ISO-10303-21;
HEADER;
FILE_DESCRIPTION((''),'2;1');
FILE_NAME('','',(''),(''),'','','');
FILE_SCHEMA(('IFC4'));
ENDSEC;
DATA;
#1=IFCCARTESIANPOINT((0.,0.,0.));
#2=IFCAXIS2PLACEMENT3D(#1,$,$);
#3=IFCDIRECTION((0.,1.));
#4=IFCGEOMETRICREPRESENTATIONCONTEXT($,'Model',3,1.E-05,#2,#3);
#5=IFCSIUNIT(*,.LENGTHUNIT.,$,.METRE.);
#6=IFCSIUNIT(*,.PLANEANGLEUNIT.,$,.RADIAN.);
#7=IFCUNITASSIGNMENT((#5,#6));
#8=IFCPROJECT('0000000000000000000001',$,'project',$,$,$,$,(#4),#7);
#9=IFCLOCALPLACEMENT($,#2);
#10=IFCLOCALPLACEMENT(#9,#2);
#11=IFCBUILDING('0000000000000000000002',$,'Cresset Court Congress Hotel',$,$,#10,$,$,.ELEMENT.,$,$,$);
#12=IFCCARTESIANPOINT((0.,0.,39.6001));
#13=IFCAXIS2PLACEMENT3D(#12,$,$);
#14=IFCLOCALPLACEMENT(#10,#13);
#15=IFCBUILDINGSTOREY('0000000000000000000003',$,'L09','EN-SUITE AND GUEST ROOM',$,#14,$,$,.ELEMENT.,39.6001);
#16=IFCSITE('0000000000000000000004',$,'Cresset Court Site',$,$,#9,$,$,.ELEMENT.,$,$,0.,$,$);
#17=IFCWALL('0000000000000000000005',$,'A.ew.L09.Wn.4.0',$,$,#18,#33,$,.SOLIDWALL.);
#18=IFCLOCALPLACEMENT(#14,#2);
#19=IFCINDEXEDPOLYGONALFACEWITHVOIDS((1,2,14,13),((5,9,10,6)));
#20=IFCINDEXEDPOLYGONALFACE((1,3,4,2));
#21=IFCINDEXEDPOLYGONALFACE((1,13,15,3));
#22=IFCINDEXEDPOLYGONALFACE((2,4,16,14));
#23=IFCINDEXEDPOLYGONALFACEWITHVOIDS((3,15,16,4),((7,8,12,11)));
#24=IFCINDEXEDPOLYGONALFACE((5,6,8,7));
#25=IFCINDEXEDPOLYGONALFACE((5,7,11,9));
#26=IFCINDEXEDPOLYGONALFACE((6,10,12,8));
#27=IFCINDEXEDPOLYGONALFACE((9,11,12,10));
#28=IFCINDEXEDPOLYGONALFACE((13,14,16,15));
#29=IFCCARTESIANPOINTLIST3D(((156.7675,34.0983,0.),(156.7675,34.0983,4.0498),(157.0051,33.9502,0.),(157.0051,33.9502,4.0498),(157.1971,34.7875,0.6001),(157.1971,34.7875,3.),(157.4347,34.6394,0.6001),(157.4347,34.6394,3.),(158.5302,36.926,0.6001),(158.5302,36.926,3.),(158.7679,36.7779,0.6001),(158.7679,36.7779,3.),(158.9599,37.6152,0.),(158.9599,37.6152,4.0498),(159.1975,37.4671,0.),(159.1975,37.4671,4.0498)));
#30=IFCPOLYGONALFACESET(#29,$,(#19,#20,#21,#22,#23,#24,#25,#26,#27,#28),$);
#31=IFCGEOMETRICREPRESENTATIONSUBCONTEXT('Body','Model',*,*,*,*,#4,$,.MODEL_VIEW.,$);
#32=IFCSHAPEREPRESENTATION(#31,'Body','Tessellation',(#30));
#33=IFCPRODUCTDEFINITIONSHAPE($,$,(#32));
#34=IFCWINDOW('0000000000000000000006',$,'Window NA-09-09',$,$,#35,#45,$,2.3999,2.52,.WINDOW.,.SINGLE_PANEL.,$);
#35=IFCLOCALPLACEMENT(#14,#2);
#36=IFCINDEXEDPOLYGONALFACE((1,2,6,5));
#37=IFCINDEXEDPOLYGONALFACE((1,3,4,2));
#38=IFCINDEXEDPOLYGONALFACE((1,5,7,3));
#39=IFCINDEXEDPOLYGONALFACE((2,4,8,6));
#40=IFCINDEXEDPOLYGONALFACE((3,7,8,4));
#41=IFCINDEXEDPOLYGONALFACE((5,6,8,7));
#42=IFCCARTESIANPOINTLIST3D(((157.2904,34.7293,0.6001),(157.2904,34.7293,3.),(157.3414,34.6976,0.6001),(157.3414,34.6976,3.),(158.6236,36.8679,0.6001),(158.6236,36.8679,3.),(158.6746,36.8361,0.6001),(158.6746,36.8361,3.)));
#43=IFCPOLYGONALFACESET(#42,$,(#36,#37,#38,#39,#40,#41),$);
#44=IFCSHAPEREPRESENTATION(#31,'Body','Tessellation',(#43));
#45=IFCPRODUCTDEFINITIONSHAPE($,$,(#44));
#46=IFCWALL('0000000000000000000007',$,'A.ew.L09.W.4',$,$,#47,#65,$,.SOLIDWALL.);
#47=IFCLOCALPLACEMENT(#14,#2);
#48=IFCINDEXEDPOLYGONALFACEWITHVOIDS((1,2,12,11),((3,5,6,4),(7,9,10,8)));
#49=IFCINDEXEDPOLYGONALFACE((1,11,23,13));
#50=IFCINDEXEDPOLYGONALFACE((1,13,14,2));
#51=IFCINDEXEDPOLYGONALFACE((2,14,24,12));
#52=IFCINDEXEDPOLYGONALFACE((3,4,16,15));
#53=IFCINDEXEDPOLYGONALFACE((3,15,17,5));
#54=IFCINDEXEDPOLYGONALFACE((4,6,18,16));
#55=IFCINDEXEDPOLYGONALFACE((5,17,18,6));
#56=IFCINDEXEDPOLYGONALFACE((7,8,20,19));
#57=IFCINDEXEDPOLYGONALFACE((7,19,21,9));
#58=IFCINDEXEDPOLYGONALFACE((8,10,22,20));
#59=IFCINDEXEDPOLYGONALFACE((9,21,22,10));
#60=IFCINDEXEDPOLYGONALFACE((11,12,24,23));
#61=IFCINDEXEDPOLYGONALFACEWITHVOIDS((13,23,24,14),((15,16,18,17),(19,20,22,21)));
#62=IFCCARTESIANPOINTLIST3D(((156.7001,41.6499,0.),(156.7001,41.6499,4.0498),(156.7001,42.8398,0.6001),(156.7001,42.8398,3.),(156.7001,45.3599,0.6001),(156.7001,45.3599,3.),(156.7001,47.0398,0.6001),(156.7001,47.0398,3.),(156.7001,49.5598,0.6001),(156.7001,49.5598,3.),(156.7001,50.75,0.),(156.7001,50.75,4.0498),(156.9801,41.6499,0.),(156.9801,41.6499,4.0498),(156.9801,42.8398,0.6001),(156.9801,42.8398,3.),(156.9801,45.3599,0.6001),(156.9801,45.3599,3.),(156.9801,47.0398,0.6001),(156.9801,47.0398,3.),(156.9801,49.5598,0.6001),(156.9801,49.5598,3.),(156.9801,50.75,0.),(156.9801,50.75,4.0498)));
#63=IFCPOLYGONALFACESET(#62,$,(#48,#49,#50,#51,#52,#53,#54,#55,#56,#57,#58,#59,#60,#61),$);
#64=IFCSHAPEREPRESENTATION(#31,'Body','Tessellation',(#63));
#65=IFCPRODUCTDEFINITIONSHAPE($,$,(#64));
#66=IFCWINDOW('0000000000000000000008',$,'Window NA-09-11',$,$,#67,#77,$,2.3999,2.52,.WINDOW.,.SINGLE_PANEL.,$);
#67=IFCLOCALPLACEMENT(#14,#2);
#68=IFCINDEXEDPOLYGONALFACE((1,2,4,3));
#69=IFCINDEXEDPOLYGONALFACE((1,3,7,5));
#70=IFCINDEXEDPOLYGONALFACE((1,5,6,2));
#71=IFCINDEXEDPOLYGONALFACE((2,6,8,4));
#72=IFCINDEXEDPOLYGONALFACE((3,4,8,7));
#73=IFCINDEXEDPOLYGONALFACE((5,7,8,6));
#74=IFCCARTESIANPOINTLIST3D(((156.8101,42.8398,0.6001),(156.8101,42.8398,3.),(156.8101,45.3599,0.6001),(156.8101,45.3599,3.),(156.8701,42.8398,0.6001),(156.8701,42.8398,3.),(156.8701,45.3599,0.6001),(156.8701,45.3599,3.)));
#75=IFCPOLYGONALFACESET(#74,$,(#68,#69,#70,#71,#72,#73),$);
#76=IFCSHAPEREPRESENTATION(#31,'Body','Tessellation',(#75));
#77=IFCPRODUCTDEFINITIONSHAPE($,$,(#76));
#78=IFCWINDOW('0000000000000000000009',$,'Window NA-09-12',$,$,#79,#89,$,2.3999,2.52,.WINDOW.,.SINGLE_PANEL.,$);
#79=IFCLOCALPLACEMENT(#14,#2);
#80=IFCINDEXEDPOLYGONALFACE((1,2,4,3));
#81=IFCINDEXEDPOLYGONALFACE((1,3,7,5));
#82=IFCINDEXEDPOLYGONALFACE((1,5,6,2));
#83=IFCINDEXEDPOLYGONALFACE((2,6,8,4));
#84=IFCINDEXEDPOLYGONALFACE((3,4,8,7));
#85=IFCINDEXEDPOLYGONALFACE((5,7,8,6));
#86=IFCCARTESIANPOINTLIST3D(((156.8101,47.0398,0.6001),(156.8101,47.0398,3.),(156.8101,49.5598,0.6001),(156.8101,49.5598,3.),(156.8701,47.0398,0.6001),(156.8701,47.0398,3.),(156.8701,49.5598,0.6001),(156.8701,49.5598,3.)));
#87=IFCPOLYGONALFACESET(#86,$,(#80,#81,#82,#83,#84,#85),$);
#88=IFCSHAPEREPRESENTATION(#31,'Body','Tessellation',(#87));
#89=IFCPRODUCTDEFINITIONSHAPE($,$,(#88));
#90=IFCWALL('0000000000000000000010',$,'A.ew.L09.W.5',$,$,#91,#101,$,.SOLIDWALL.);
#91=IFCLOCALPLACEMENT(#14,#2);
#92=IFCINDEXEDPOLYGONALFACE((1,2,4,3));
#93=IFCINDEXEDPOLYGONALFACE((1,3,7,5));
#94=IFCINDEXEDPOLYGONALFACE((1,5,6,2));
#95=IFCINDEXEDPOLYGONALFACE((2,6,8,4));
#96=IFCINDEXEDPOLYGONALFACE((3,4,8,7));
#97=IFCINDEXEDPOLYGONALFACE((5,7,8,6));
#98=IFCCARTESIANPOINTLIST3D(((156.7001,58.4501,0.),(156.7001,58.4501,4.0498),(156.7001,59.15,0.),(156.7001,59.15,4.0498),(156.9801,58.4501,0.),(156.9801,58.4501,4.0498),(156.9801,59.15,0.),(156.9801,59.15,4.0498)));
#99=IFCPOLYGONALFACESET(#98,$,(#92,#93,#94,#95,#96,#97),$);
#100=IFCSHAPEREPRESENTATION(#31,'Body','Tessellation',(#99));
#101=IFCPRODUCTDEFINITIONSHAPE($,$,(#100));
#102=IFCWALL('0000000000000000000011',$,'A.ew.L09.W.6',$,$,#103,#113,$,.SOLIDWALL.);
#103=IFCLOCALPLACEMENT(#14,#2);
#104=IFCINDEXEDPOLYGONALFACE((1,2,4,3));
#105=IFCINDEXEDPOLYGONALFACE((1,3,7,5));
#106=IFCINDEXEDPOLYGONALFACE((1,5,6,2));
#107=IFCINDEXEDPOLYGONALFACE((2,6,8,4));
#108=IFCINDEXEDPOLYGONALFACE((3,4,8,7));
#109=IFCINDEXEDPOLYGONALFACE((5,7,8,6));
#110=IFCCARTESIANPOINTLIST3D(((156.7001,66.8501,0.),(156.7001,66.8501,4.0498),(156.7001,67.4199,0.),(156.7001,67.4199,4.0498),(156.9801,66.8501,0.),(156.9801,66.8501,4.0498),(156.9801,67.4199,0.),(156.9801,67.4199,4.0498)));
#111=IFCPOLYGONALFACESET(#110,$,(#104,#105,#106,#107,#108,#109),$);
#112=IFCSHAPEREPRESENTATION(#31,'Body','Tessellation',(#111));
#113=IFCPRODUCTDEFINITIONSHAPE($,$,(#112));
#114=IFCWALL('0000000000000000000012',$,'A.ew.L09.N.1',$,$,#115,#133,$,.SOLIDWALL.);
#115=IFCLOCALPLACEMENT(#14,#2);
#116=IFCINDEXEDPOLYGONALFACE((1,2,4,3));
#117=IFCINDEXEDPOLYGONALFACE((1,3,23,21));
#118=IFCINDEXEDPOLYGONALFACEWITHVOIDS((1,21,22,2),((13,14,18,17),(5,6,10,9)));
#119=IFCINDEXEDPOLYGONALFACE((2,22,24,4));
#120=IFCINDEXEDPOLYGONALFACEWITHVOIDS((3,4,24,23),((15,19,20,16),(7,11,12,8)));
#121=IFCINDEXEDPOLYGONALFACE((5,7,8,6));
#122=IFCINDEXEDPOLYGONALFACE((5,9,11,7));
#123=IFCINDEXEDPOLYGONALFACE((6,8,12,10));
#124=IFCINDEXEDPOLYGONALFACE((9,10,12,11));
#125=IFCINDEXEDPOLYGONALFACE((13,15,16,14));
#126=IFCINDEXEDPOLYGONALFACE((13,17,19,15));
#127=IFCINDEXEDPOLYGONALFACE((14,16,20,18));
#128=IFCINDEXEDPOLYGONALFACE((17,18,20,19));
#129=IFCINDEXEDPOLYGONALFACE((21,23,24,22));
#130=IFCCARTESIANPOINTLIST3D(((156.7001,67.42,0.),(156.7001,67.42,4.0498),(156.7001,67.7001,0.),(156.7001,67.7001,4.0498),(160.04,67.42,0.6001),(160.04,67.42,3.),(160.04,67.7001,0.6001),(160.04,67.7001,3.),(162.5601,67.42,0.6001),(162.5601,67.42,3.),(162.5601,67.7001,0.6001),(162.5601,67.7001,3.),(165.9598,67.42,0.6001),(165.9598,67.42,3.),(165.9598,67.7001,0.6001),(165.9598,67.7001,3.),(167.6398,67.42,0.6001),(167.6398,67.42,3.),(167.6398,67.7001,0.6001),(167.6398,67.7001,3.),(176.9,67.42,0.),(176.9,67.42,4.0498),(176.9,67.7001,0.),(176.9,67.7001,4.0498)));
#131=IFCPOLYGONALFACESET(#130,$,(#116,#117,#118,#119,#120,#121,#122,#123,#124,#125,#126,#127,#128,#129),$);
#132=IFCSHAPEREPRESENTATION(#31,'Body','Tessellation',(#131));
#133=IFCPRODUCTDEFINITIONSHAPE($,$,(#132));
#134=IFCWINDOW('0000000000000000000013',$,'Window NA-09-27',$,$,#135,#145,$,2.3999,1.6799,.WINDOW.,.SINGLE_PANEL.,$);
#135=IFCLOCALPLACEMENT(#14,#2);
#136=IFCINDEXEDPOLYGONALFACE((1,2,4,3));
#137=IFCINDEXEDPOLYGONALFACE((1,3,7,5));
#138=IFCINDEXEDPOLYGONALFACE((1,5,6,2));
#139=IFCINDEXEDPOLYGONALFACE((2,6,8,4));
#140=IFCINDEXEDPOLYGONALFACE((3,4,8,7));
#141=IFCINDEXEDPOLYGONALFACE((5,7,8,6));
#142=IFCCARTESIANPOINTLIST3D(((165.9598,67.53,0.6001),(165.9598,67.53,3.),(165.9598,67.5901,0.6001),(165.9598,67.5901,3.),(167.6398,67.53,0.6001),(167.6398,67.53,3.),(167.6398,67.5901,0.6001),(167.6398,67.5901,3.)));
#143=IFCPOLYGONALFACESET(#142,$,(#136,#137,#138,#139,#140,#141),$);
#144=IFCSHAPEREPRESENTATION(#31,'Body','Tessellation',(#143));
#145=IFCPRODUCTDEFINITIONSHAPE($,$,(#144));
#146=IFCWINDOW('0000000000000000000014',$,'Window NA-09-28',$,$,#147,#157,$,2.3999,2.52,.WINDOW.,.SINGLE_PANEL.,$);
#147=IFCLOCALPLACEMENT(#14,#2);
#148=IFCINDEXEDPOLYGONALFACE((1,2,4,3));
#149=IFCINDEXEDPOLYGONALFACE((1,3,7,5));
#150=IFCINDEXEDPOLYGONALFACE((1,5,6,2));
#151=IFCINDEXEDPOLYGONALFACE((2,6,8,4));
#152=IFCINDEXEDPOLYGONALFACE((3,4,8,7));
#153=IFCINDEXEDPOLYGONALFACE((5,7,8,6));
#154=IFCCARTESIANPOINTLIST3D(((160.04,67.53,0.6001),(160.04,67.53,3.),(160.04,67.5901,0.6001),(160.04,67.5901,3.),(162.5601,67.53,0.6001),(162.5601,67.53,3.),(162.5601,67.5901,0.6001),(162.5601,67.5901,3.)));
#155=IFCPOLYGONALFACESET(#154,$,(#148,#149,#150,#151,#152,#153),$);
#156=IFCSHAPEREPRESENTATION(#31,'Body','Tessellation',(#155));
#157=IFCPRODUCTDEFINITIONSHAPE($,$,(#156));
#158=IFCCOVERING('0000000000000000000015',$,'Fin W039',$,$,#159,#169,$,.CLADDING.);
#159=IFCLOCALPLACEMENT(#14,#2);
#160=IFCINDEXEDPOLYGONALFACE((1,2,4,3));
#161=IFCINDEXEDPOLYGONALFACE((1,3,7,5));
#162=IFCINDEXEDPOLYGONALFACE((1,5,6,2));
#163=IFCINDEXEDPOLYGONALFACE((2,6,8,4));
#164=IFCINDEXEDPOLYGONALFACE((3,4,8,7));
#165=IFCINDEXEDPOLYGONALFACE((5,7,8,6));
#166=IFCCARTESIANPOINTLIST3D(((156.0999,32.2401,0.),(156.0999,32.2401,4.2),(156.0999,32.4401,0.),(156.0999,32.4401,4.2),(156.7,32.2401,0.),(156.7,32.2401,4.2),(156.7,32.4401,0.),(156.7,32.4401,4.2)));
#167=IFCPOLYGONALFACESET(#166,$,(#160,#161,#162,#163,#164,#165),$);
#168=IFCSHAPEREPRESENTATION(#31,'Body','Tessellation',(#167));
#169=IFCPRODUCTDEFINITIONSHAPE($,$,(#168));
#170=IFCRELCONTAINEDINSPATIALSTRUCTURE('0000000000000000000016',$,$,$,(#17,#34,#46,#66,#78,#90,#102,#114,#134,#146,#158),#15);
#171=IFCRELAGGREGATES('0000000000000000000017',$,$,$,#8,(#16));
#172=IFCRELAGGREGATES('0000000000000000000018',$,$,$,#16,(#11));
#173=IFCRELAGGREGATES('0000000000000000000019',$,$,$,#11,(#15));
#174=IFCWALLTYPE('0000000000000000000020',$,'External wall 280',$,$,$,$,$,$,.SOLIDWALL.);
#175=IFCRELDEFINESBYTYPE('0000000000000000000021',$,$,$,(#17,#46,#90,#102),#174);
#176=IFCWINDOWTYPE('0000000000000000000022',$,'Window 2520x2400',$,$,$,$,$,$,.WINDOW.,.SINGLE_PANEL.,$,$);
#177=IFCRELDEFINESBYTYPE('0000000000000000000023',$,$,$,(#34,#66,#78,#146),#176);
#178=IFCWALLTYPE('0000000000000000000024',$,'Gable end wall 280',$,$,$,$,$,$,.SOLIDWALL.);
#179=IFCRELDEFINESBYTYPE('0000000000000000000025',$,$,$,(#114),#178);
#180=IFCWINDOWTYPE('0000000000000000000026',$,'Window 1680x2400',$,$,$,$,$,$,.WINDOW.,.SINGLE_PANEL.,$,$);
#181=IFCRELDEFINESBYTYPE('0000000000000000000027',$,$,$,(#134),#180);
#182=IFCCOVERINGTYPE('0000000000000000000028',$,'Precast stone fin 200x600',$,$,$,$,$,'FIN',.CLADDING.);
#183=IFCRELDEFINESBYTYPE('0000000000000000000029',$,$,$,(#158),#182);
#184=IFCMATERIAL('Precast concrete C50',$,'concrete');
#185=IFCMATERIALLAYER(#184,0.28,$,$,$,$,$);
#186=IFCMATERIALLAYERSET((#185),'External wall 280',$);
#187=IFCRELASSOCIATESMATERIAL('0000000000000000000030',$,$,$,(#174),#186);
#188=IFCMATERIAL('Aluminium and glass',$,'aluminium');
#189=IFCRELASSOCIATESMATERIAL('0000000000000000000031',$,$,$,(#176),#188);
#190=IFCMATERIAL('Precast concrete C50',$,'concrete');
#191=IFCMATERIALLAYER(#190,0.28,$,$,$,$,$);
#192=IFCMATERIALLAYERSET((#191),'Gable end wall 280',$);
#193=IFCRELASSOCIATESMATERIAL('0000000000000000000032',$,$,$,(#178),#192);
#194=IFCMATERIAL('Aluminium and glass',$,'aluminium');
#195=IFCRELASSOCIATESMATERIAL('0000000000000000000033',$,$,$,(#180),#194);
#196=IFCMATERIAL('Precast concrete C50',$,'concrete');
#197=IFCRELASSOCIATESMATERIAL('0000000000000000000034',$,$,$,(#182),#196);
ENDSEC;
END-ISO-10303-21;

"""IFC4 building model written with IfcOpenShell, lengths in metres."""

from ifc_helpers import new_model, si_unit, direction, frame, frame_2d, origin, origin_2d, place, context, subcontext, project, spatial, rectangle, extrude, material, layer, layer_set, type_object, element, fill, save


model = new_model("IFC4")

# Units and contexts
model_context = context("Model", 3, precision=1e-05, world=origin(), true_north=direction((0.0, 1.0)))
body_context = subcontext(model_context, "Body", "Model", "MODEL_VIEW")
ifc_project = project(units=[si_unit("LENGTHUNIT", "METRE"), si_unit("PLANEANGLEUNIT", "RADIAN")], contexts=[model_context])

# Site, building, storey
site_placement = place(None, origin())
site = spatial("IfcSite", under=ifc_project, at=site_placement, Name="Cresset Court Site", CompositionType="ELEMENT", RefElevation=0.0)
building_placement = place(site_placement, origin())
building = spatial("IfcBuilding", under=site, at=building_placement, Name="Cresset Court Congress Hotel", CompositionType="ELEMENT")
storey_placement = place(building_placement, frame((0.0, 0.0, 39.6001)))
storey = spatial("IfcBuildingStorey", under=building, at=storey_placement, Name="L09", Description="EN-SUITE AND GUEST ROOM", CompositionType="ELEMENT", Elevation=39.6001)

# Wall, opening, window
ifc_material_1 = material(Name="Precast concrete C50", Category="concrete")
ifc_layer_1 = layer(ifc_material_1, 0.28)
ifc_layer_set_1 = layer_set([ifc_layer_1], Name="External wall 280")
wall_type_1 = type_object("IfcWallType", Name="External wall 280", PredefinedType="SOLIDWALL", material=ifc_layer_set_1)
wall_1_placement = place(storey_placement, frame((156.8862, 34.0242, 0.0), z_axis=(0.0, 0.0, 1.0), x_axis=(0.529019, 0.84861, 0.0)))
wall_1 = element("IfcWall", 1, at=wall_1_placement, inside=storey, type_object=wall_type_1, Name="A.ew.L09.Wn.4.0", PredefinedType="SOLIDWALL", context=body_context, shape_type="SweptSolid", body=[
    extrude(rectangle(XDim=4.1443, YDim=0.28, at=frame_2d((2.0723, 0.0))), origin(), (0.0, 0.0, 1.0), 4.0498),
])
opening_1_placement = place(wall_1_placement, frame((0.8123, 0.0, 0.6001)))
opening_1 = element("IfcOpeningElement", 2, at=opening_1_placement, cuts=wall_1, PredefinedType="OPENING", context=body_context, shape_type="SweptSolid", body=[
    extrude(rectangle(XDim=2.52, YDim=2.3999, at=frame_2d((1.26, 1.2))), frame((0.0, 0.1499, 0.0), z_axis=(0.0, -1.0, 0.0), x_axis=(1.0, 0.0, 0.0)), (0.0, 0.0, 1.0), 0.3),
])
ifc_material_2 = material(Name="Aluminium and glass", Category="aluminium")
window_type_1 = type_object("IfcWindowType", Name="Window 2520x2400", PartitioningType="SINGLE_PANEL", PredefinedType="WINDOW", material=ifc_material_2)
window_1_placement = place(opening_1_placement, origin())
window_1 = element("IfcWindow", 3, at=window_1_placement, inside=storey, type_object=window_type_1, Name="Window NA-09-09", OverallHeight=2.3999, OverallWidth=2.52, PartitioningType="SINGLE_PANEL", PredefinedType="WINDOW", context=body_context, shape_type="SweptSolid", body=[
    extrude(rectangle(XDim=2.52, YDim=2.3999, at=frame_2d((1.26, 1.2))), frame((0.0, 0.03, 0.0), z_axis=(0.0, -1.0, 0.0), x_axis=(1.0, 0.0, 0.0)), (0.0, 0.0, 1.0), 0.0601),
])
fill(opening_1, window_1)

# Wall, openings, windows
wall_2_placement = place(storey_placement, frame((156.8401, 41.6499, 0.0), z_axis=(0.0, 0.0, 1.0), x_axis=(0.0, 1.0, 0.0)))
wall_2 = element("IfcWall", 4, at=wall_2_placement, inside=storey, type_object=wall_type_1, Name="A.ew.L09.W.4", PredefinedType="SOLIDWALL", context=body_context, shape_type="SweptSolid", body=[
    extrude(rectangle(XDim=9.1001, YDim=0.28, at=frame_2d((4.55, 0.0))), origin(), (0.0, 0.0, 1.0), 4.0498),
])
opening_2_placement = place(wall_2_placement, frame((1.1899, 0.0, 0.6001)))
opening_2 = element("IfcOpeningElement", 5, at=opening_2_placement, cuts=wall_2, PredefinedType="OPENING", context=body_context, shape_type="SweptSolid", body=[
    extrude(rectangle(XDim=2.52, YDim=2.3999, at=frame_2d((1.26, 1.2))), frame((0.0, 0.1499, 0.0), z_axis=(0.0, -1.0, 0.0), x_axis=(1.0, 0.0, 0.0)), (0.0, 0.0, 1.0), 0.3),
])
opening_3_placement = place(wall_2_placement, frame((5.3899, 0.0, 0.6001)))
opening_3 = element("IfcOpeningElement", 6, at=opening_3_placement, cuts=wall_2, PredefinedType="OPENING", context=body_context, shape_type="SweptSolid", body=[
    extrude(rectangle(XDim=2.52, YDim=2.3999, at=frame_2d((1.26, 1.2))), frame((0.0, 0.1499, 0.0), z_axis=(0.0, -1.0, 0.0), x_axis=(1.0, 0.0, 0.0)), (0.0, 0.0, 1.0), 0.3),
])
window_2_placement = place(opening_2_placement, origin())
window_2 = element("IfcWindow", 7, at=window_2_placement, inside=storey, type_object=window_type_1, Name="Window NA-09-11", OverallHeight=2.3999, OverallWidth=2.52, PartitioningType="SINGLE_PANEL", PredefinedType="WINDOW", context=body_context, shape_type="SweptSolid", body=[
    extrude(rectangle(XDim=2.52, YDim=2.3999, at=frame_2d((1.26, 1.2))), frame((0.0, 0.03, 0.0), z_axis=(0.0, -1.0, 0.0), x_axis=(1.0, 0.0, 0.0)), (0.0, 0.0, 1.0), 0.0601),
])
fill(opening_2, window_2)
window_3_placement = place(opening_3_placement, origin())
window_3 = element("IfcWindow", 8, at=window_3_placement, inside=storey, type_object=window_type_1, Name="Window NA-09-12", OverallHeight=2.3999, OverallWidth=2.52, PartitioningType="SINGLE_PANEL", PredefinedType="WINDOW", context=body_context, shape_type="SweptSolid", body=[
    extrude(rectangle(XDim=2.52, YDim=2.3999, at=frame_2d((1.26, 1.2))), frame((0.0, 0.03, 0.0), z_axis=(0.0, -1.0, 0.0), x_axis=(1.0, 0.0, 0.0)), (0.0, 0.0, 1.0), 0.0601),
])
fill(opening_3, window_3)

# Walls
wall_3_placement = place(storey_placement, frame((156.8401, 58.45, 0.0), z_axis=(0.0, 0.0, 1.0), x_axis=(0.0, 1.0, 0.0)))
element("IfcWall", 9, at=wall_3_placement, inside=storey, type_object=wall_type_1, Name="A.ew.L09.W.5", PredefinedType="SOLIDWALL", context=body_context, shape_type="SweptSolid", body=[
    extrude(rectangle(XDim=0.7, YDim=0.28, at=frame_2d((0.3501, 0.0))), origin(), (0.0, 0.0, 1.0), 4.0498),
])
wall_4_placement = place(storey_placement, frame((156.8401, 66.8501, 0.0), z_axis=(0.0, 0.0, 1.0), x_axis=(0.0, 1.0, 0.0)))
element("IfcWall", 10, at=wall_4_placement, inside=storey, type_object=wall_type_1, Name="A.ew.L09.W.6", PredefinedType="SOLIDWALL", context=body_context, shape_type="SweptSolid", body=[
    extrude(rectangle(XDim=0.5698, YDim=0.28, at=frame_2d((0.2849, 0.0))), origin(), (0.0, 0.0, 1.0), 4.0498),
])

# Wall, openings, windows
ifc_material_3 = material(Name="Precast concrete C50", Category="concrete")
ifc_layer_2 = layer(ifc_material_3, 0.28)
ifc_layer_set_2 = layer_set([ifc_layer_2], Name="Gable end wall 280")
wall_type_2 = type_object("IfcWallType", Name="Gable end wall 280", PredefinedType="SOLIDWALL", material=ifc_layer_set_2)
wall_5_placement = place(storey_placement, frame((156.7, 67.5601, 0.0), z_axis=(0.0, 0.0, 1.0), x_axis=(1.0, 0.0, 0.0)))
wall_5 = element("IfcWall", 11, at=wall_5_placement, inside=storey, type_object=wall_type_2, Name="A.ew.L09.N.1", PredefinedType="SOLIDWALL", context=body_context, shape_type="SweptSolid", body=[
    extrude(rectangle(XDim=20.2, YDim=0.28, at=frame_2d((10.1001, 0.0))), origin(), (0.0, 0.0, 1.0), 4.0498),
])
opening_4_placement = place(wall_5_placement, frame((9.26, 0.0, 0.6001)))
opening_4 = element("IfcOpeningElement", 12, at=opening_4_placement, cuts=wall_5, PredefinedType="OPENING", context=body_context, shape_type="SweptSolid", body=[
    extrude(rectangle(XDim=1.6799, YDim=2.3999, at=frame_2d((0.8398, 1.2))), frame((0.0, 0.1499, 0.0), z_axis=(0.0, -1.0, 0.0), x_axis=(1.0, 0.0, 0.0)), (0.0, 0.0, 1.0), 0.3),
])
opening_5_placement = place(wall_5_placement, frame((3.3401, 0.0, 0.6001)))
opening_5 = element("IfcOpeningElement", 13, at=opening_5_placement, cuts=wall_5, PredefinedType="OPENING", context=body_context, shape_type="SweptSolid", body=[
    extrude(rectangle(XDim=2.52, YDim=2.3999, at=frame_2d((1.26, 1.2))), frame((0.0, 0.1499, 0.0), z_axis=(0.0, -1.0, 0.0), x_axis=(1.0, 0.0, 0.0)), (0.0, 0.0, 1.0), 0.3),
])
ifc_material_4 = material(Name="Aluminium and glass", Category="aluminium")
window_type_2 = type_object("IfcWindowType", Name="Window 1680x2400", PartitioningType="SINGLE_PANEL", PredefinedType="WINDOW", material=ifc_material_4)
window_4_placement = place(opening_4_placement, origin())
window_4 = element("IfcWindow", 14, at=window_4_placement, inside=storey, type_object=window_type_2, Name="Window NA-09-27", OverallHeight=2.3999, OverallWidth=1.6799, PartitioningType="SINGLE_PANEL", PredefinedType="WINDOW", context=body_context, shape_type="SweptSolid", body=[
    extrude(rectangle(XDim=1.6799, YDim=2.3999, at=frame_2d((0.8398, 1.2))), frame((0.0, 0.03, 0.0), z_axis=(0.0, -1.0, 0.0), x_axis=(1.0, 0.0, 0.0)), (0.0, 0.0, 1.0), 0.0601),
])
fill(opening_4, window_4)
window_5_placement = place(opening_5_placement, origin())
window_5 = element("IfcWindow", 15, at=window_5_placement, inside=storey, type_object=window_type_1, Name="Window NA-09-28", OverallHeight=2.3999, OverallWidth=2.52, PartitioningType="SINGLE_PANEL", PredefinedType="WINDOW", context=body_context, shape_type="SweptSolid", body=[
    extrude(rectangle(XDim=2.52, YDim=2.3999, at=frame_2d((1.26, 1.2))), frame((0.0, 0.03, 0.0), z_axis=(0.0, -1.0, 0.0), x_axis=(1.0, 0.0, 0.0)), (0.0, 0.0, 1.0), 0.0601),
])
fill(opening_5, window_5)

# Covering
ifc_material_5 = material(Name="Precast concrete C50", Category="concrete")
covering_type = type_object("IfcCoveringType", Name="Precast stone fin 200x600", ElementType="FIN", PredefinedType="CLADDING", material=ifc_material_5)
for number, where, z_axis, x_axis, name in (
    (16, (156.3999, 32.3401, 0.0), (0.0, 0.0, 1.0), (1.0, 0.0, 0.0), "Fin W039"),
):
    element("IfcCovering", number, at=place(storey_placement, frame(where, z_axis=z_axis, x_axis=x_axis)), inside=storey, type_object=covering_type, Name=name, PredefinedType="CLADDING", context=body_context, shape_type="SweptSolid", body=[
        extrude(rectangle(XDim=0.6001, YDim=0.2, at=origin_2d()), origin(), (0.0, 0.0, 1.0), 4.2),
    ])

save(model, "model.ifc")
